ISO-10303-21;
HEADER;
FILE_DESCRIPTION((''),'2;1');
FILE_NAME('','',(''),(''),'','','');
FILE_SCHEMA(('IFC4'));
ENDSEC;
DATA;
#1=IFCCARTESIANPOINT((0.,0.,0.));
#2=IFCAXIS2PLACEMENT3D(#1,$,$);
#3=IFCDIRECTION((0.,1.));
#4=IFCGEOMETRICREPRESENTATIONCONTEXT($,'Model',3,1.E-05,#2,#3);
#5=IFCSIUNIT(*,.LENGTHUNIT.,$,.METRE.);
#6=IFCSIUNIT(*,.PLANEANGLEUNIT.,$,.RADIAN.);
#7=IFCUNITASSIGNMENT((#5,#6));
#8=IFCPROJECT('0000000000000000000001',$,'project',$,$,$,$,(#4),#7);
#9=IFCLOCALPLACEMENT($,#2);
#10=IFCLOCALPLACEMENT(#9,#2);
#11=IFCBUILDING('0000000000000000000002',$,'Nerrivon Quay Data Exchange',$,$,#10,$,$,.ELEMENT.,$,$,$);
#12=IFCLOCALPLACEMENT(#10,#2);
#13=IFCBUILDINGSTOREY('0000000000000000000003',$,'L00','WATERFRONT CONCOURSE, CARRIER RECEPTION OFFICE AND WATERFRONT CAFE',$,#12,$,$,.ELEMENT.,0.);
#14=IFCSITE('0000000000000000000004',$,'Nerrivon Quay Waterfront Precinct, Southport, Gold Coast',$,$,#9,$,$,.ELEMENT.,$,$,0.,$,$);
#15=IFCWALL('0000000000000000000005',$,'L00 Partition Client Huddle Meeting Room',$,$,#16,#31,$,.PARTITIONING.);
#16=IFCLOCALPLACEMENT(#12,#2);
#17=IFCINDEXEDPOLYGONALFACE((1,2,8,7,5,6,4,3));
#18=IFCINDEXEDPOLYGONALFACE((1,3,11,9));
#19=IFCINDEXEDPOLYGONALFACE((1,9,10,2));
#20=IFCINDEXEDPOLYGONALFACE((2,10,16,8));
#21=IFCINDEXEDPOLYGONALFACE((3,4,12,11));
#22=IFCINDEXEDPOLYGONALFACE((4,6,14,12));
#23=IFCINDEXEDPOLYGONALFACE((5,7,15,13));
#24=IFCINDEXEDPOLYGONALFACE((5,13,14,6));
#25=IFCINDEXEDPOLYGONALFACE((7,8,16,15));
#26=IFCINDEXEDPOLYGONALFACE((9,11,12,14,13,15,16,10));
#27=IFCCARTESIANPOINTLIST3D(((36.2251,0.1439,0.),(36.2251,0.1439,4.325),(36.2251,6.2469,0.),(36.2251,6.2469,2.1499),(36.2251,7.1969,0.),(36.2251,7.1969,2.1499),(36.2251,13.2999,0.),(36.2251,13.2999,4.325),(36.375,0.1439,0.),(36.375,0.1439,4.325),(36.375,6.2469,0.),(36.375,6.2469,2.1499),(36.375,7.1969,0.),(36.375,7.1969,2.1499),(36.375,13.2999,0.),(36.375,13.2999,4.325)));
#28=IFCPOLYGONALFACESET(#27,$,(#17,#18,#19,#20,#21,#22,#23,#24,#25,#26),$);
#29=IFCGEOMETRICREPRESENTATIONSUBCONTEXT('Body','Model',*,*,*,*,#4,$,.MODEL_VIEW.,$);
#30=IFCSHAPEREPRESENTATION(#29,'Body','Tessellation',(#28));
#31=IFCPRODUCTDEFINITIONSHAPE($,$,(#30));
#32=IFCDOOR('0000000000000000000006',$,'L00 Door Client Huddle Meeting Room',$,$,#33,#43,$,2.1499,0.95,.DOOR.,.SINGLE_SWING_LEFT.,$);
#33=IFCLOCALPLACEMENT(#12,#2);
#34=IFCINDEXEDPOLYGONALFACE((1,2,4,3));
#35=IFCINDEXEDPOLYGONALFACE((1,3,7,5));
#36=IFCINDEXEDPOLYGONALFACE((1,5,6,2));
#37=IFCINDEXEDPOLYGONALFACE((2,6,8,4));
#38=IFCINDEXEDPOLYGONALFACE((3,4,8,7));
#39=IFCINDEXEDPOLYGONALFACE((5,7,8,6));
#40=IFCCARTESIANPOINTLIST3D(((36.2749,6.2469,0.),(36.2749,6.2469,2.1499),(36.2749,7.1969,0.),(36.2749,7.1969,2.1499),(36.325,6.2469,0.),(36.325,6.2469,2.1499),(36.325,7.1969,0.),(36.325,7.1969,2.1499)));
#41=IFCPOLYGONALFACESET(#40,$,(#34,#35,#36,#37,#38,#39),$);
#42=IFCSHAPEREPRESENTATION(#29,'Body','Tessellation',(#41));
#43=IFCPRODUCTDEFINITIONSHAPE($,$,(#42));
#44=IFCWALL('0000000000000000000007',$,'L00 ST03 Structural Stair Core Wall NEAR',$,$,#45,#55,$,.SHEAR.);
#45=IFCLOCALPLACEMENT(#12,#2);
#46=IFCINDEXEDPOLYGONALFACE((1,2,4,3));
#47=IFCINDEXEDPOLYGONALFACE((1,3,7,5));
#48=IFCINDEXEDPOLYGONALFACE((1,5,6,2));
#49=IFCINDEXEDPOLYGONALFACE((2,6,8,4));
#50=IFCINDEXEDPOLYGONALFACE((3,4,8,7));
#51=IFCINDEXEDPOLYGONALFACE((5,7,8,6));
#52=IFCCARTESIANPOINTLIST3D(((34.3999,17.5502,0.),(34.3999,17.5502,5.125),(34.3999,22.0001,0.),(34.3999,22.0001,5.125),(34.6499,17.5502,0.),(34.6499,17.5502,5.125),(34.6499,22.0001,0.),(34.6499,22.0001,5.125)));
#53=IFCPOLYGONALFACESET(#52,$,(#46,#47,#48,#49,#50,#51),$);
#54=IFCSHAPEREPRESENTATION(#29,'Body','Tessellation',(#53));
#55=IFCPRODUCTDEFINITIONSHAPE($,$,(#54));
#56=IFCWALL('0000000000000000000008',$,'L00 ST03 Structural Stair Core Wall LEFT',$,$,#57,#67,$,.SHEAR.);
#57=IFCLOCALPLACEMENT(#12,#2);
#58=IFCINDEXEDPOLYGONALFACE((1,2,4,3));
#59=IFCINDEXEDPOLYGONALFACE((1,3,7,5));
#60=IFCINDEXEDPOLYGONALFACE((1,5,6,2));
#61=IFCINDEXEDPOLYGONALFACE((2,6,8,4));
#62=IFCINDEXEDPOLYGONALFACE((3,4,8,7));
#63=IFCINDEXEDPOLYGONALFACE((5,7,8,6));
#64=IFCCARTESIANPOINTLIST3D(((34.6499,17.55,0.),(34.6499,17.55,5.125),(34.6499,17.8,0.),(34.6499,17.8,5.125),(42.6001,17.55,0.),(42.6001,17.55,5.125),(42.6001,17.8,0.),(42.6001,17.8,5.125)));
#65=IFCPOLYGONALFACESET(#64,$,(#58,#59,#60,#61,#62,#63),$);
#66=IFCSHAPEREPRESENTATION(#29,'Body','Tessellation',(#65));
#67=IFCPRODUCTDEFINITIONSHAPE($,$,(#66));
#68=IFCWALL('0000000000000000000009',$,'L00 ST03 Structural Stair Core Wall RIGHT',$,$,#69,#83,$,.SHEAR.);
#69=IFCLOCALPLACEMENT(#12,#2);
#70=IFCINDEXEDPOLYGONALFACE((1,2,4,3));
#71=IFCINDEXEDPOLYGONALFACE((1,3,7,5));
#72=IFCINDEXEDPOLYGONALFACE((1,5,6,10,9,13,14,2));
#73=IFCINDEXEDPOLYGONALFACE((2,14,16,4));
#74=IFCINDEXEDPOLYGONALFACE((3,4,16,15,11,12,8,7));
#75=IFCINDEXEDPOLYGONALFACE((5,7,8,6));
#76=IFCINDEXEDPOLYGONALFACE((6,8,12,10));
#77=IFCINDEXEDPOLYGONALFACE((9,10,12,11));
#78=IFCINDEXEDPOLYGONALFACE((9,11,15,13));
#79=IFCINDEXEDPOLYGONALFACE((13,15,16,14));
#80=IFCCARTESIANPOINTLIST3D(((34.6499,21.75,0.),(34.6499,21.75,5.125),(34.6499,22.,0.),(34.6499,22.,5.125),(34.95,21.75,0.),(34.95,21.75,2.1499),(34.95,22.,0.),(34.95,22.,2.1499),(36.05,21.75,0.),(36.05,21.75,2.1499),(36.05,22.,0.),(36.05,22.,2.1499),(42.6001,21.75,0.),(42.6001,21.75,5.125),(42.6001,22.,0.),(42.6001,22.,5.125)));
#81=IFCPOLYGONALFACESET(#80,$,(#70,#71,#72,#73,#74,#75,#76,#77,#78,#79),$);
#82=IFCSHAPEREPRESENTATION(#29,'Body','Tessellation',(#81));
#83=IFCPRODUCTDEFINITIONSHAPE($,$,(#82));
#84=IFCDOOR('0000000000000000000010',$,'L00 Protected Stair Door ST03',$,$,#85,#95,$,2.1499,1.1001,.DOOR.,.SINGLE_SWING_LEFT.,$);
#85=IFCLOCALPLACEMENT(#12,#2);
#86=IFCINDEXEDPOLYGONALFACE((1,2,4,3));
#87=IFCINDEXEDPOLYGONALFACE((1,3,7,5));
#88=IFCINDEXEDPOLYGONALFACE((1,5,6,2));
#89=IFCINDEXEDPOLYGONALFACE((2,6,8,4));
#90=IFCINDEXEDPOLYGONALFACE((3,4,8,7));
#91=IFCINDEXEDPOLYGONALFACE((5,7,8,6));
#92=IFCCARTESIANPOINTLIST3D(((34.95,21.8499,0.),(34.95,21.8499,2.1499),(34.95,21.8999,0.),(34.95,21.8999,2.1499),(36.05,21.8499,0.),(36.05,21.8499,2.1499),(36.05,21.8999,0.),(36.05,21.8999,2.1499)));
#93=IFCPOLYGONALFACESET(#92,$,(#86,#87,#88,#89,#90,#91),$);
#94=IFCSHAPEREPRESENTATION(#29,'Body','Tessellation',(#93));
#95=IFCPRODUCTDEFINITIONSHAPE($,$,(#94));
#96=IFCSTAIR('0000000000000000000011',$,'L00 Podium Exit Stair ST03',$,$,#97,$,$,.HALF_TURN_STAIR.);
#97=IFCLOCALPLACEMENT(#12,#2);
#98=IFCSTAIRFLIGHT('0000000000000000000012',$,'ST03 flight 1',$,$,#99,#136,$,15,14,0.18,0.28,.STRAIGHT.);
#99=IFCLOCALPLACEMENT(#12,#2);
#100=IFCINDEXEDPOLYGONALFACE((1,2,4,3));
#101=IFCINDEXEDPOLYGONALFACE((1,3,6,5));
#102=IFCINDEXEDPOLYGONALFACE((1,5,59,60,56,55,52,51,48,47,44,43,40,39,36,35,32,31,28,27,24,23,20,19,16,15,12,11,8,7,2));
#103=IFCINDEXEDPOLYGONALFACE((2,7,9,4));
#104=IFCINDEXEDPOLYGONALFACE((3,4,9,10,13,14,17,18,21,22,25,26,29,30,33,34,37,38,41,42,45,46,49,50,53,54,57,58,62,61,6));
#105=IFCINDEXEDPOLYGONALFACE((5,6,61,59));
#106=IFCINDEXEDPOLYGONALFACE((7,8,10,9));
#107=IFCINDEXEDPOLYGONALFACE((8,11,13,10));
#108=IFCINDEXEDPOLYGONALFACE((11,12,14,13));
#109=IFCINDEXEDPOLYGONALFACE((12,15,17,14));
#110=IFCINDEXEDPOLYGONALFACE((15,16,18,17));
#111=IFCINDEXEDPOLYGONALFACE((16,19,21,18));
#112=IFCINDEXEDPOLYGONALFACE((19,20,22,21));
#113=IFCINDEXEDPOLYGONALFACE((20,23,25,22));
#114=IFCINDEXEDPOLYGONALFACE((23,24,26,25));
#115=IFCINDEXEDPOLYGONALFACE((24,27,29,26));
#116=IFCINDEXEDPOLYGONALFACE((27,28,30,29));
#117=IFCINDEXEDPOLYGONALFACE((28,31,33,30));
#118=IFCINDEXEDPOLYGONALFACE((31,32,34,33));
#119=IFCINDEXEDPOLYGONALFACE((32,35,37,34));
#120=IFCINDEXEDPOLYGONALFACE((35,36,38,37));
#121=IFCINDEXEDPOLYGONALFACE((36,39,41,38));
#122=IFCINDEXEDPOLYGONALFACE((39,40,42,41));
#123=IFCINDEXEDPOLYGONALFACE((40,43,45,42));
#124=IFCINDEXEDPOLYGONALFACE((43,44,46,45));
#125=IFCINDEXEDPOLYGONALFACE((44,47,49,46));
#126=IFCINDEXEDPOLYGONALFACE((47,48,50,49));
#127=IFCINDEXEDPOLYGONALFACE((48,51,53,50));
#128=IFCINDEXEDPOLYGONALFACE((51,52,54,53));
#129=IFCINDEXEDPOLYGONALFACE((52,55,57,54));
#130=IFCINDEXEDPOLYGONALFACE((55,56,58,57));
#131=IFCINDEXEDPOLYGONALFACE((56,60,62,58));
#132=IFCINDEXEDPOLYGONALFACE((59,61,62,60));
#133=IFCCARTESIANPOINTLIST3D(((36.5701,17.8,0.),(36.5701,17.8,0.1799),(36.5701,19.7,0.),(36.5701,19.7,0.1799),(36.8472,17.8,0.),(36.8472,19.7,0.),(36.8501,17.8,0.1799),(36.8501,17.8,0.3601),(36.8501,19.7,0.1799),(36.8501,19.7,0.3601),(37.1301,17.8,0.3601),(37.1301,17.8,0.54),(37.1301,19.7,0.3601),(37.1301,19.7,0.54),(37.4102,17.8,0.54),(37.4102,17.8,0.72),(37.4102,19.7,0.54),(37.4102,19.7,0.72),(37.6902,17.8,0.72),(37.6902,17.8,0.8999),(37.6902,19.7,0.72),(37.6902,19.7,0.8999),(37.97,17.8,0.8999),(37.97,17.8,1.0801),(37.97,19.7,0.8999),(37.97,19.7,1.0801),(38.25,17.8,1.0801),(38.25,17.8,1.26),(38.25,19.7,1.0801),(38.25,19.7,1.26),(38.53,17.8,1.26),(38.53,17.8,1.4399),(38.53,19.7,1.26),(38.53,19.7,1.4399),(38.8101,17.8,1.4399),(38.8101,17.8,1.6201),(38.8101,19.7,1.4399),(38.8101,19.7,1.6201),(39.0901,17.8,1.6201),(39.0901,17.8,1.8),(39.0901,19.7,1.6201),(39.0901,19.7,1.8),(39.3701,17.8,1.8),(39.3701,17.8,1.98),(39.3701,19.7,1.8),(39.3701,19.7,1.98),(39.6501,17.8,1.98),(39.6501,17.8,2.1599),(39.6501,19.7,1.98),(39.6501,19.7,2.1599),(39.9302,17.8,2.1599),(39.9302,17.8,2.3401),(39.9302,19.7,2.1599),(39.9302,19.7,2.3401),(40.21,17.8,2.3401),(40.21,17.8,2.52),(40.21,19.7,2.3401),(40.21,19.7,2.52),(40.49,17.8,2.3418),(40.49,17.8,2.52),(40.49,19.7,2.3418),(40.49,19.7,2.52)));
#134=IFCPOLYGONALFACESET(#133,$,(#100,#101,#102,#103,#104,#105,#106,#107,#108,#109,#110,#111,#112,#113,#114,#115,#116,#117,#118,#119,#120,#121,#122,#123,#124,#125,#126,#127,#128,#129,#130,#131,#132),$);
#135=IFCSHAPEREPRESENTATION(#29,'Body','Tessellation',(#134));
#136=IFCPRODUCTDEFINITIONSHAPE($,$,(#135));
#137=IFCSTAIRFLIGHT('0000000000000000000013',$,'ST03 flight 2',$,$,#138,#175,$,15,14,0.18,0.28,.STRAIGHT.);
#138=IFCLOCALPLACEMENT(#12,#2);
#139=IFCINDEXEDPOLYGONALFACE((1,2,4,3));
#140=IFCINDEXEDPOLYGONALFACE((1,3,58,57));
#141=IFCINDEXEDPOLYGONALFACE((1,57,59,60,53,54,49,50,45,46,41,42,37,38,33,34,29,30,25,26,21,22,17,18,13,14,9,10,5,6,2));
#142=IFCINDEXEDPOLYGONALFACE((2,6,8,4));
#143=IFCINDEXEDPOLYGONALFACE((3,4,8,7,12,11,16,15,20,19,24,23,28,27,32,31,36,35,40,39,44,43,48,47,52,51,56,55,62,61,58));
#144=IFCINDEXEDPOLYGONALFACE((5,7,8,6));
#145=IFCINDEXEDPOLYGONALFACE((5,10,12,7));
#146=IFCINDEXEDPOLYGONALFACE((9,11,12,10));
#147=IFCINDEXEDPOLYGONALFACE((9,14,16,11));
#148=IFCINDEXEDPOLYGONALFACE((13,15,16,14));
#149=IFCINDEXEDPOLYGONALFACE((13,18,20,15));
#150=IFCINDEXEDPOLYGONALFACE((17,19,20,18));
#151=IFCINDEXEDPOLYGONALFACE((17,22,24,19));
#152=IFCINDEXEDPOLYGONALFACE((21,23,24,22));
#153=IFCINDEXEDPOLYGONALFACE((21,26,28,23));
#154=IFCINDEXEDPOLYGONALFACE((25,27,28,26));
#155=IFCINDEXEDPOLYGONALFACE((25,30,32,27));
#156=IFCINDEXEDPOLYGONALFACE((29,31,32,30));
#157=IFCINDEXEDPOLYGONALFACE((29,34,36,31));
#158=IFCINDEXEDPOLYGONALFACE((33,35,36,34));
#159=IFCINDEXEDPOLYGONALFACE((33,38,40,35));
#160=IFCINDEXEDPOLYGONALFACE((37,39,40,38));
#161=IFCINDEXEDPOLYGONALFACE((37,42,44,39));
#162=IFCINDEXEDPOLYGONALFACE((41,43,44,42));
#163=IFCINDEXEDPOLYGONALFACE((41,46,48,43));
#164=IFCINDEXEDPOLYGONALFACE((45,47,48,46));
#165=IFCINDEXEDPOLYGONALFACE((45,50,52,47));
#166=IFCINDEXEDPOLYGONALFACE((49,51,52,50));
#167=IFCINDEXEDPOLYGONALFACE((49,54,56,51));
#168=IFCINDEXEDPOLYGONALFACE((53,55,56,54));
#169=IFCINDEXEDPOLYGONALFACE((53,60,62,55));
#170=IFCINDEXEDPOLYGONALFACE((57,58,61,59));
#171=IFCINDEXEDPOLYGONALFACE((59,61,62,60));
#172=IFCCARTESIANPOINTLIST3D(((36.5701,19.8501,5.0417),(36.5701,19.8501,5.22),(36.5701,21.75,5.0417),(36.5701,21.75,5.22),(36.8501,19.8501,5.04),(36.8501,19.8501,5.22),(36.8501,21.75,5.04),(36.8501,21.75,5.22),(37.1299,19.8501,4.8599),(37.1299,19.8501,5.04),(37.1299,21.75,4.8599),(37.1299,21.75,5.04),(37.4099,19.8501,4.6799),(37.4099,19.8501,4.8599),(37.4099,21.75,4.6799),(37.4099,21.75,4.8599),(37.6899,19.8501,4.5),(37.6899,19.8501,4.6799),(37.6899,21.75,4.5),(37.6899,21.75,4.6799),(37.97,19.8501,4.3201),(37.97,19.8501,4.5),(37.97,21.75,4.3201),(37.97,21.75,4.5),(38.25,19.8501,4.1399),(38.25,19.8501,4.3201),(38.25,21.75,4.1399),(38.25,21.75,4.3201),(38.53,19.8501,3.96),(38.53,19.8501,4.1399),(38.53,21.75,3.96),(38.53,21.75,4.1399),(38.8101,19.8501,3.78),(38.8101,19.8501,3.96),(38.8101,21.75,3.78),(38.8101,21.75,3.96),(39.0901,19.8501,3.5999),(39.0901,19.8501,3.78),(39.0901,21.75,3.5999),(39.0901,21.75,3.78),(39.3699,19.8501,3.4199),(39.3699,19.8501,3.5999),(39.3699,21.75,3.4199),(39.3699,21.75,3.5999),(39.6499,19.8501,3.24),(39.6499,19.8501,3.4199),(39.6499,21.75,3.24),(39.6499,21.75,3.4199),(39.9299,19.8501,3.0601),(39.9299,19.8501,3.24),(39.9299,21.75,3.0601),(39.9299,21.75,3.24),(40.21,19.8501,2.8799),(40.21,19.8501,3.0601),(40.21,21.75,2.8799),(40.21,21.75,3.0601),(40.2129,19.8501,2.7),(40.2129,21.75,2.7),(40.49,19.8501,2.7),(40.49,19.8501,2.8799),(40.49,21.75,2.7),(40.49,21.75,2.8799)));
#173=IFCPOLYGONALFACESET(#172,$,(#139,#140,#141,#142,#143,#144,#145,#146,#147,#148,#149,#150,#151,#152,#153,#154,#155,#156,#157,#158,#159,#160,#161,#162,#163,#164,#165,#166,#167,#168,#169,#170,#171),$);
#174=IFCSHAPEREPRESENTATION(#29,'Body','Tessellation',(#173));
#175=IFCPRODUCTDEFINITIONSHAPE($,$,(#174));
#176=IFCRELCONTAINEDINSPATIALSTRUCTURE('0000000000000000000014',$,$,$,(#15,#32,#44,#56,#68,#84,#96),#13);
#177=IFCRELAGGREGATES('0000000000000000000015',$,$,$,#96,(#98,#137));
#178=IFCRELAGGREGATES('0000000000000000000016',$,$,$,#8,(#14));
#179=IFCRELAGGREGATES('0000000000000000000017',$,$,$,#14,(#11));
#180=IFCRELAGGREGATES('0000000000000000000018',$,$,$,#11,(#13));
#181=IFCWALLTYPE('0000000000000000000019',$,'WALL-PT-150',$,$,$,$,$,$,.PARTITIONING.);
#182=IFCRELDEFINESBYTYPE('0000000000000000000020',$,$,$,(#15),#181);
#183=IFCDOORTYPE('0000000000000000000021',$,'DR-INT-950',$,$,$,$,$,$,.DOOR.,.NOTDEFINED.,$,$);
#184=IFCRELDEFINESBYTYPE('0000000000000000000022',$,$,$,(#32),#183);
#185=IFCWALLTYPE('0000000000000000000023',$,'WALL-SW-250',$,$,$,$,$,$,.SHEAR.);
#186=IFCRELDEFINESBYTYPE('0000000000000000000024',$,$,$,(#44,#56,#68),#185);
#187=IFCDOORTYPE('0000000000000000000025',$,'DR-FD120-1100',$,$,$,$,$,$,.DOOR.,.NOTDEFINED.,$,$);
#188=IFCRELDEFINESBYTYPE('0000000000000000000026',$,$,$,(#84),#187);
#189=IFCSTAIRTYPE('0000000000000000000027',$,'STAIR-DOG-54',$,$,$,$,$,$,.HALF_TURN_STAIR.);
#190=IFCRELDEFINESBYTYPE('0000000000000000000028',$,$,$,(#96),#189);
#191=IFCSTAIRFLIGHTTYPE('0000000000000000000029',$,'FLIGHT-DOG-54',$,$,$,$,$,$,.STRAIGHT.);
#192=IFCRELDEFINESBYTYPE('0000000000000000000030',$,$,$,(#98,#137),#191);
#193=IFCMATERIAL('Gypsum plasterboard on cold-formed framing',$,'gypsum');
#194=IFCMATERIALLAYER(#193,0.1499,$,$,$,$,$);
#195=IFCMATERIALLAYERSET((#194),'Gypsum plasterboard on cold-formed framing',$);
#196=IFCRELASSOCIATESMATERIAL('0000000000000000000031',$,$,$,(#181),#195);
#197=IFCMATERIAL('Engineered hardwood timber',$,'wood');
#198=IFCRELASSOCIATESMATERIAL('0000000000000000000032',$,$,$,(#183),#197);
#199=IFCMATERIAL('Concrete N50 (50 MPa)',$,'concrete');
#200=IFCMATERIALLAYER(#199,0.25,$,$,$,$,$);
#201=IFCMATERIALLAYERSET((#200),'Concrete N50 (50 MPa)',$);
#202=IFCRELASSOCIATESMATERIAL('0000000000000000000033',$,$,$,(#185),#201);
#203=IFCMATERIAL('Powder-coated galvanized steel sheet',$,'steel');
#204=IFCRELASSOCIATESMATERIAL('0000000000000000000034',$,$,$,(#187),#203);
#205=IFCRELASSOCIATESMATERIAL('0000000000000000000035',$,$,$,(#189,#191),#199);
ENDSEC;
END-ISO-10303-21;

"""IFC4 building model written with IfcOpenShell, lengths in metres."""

from ifc_helpers import new_model, si_unit, direction, frame, frame_2d, origin, place, context, subcontext, project, spatial, polyline, rectangle, outline, extrude, material, layer, layer_set, type_object, element, fill, aggregate, save


model = new_model("IFC4")

# Units and contexts
model_context = context("Model", 3, precision=1e-05, world=origin(), true_north=direction((0.0, 1.0)))
body_context = subcontext(model_context, "Body", "Model", "MODEL_VIEW")
ifc_project = project(units=[si_unit("LENGTHUNIT", "METRE"), si_unit("PLANEANGLEUNIT", "RADIAN")], contexts=[model_context])

# Site, building, storey
site_placement = place(None, origin())
site = spatial("IfcSite", under=ifc_project, at=site_placement, Name="Nerrivon Quay Waterfront Precinct, Southport, Gold Coast", CompositionType="ELEMENT", RefElevation=0.0)
building_placement = place(site_placement, origin())
building = spatial("IfcBuilding", under=site, at=building_placement, Name="Nerrivon Quay Data Exchange", CompositionType="ELEMENT")
storey_placement = place(building_placement, origin())
storey = spatial("IfcBuildingStorey", under=building, at=storey_placement, Name="L00", Description="WATERFRONT CONCOURSE, CARRIER RECEPTION OFFICE AND WATERFRONT CAFE", CompositionType="ELEMENT", Elevation=0.0)

# Shared definitions
ifc_material_1 = material(Name="Gypsum plasterboard on cold-formed framing", Category="gypsum")

# Shared definitions
ifc_material_2 = material(Name="Powder-coated galvanized steel sheet", Category="steel")

# Wall, opening, door
ifc_material_3 = material(Name="Engineered hardwood timber", Category="wood")
ifc_layer_1 = layer(ifc_material_1, 0.1499)
ifc_layer_set_1 = layer_set([ifc_layer_1], Name="Gypsum plasterboard on cold-formed framing")
wall_type_1 = type_object("IfcWallType", Name="WALL-PT-150", PredefinedType="PARTITIONING", material=ifc_layer_set_1)
wall_1_placement = place(storey_placement, frame((36.3, 13.3, 0.0), z_axis=(0.0, 0.0, 1.0), x_axis=(0.0, -1.0, 0.0)))
wall_1 = element("IfcWall", 1, at=wall_1_placement, inside=storey, type_object=wall_type_1, Name="L00 Partition Client Huddle Meeting Room", PredefinedType="PARTITIONING", context=body_context, shape_type="SweptSolid", body=[
    extrude(rectangle(XDim=13.156, YDim=0.1499, at=frame_2d((6.5781, 0.0))), origin(), (0.0, 0.0, 1.0), 4.325),
])
opening_1_placement = place(wall_1_placement, frame((6.103, 0.0, 0.0)))
opening_1 = element("IfcOpeningElement", 2, at=opening_1_placement, cuts=wall_1, PredefinedType="OPENING", context=body_context, shape_type="SweptSolid", body=[
    extrude(rectangle(XDim=0.95, YDim=2.1499, at=frame_2d((0.4751, 1.075))), frame((0.0, 0.085, 0.0), z_axis=(0.0, -1.0, 0.0), x_axis=(1.0, 0.0, 0.0)), (0.0, 0.0, 1.0), 0.1699),
])
door_type_1 = type_object("IfcDoorType", Name="DR-INT-950", OperationType="NOTDEFINED", PredefinedType="DOOR", material=ifc_material_3)
door_1_placement = place(opening_1_placement, origin())
door_1 = element("IfcDoor", 3, at=door_1_placement, inside=storey, type_object=door_type_1, Name="L00 Door Client Huddle Meeting Room", OperationType="SINGLE_SWING_LEFT", OverallHeight=2.1499, OverallWidth=0.95, PredefinedType="DOOR", context=body_context, shape_type="SweptSolid", body=[
    extrude(rectangle(XDim=0.95, YDim=2.1499, at=frame_2d((0.4751, 1.075))), frame((0.0, 0.0249, 0.0), z_axis=(0.0, -1.0, 0.0), x_axis=(1.0, 0.0, 0.0)), (0.0, 0.0, 1.0), 0.05),
])
fill(opening_1, door_1)

# Walls
ifc_material_4 = material(Name="Concrete N50 (50 MPa)", Category="concrete")
ifc_layer_2 = layer(ifc_material_4, 0.25)
ifc_layer_set_2 = layer_set([ifc_layer_2], Name="Concrete N50 (50 MPa)")
wall_type_2 = type_object("IfcWallType", Name="WALL-SW-250", PredefinedType="SHEAR", material=ifc_layer_set_2)
wall_2_placement = place(storey_placement, frame((34.5249, 17.55, 0.0), z_axis=(0.0, 0.0, 1.0), x_axis=(0.0, 1.0, 0.0)))
element("IfcWall", 4, at=wall_2_placement, inside=storey, type_object=wall_type_2, Name="L00 ST03 Structural Stair Core Wall NEAR", PredefinedType="SHEAR", context=body_context, shape_type="SweptSolid", body=[
    extrude(rectangle(XDim=4.45, YDim=0.25, at=frame_2d((2.2251, 0.0))), origin(), (0.0, 0.0, 1.0), 5.125),
])
wall_3_placement = place(storey_placement, frame((34.6499, 17.675, 0.0), z_axis=(0.0, 0.0, 1.0), x_axis=(1.0, 0.0, 0.0)))
element("IfcWall", 5, at=wall_3_placement, inside=storey, type_object=wall_type_2, Name="L00 ST03 Structural Stair Core Wall LEFT", PredefinedType="SHEAR", context=body_context, shape_type="SweptSolid", body=[
    extrude(rectangle(XDim=7.9502, YDim=0.25, at=frame_2d((3.9751, 0.0))), origin(), (0.0, 0.0, 1.0), 5.125),
])

# Wall, opening, door
wall_4_placement = place(storey_placement, frame((34.6499, 21.875, 0.0), z_axis=(0.0, 0.0, 1.0), x_axis=(1.0, 0.0, 0.0)))
wall_4 = element("IfcWall", 6, at=wall_4_placement, inside=storey, type_object=wall_type_2, Name="L00 ST03 Structural Stair Core Wall RIGHT", PredefinedType="SHEAR", context=body_context, shape_type="SweptSolid", body=[
    extrude(rectangle(XDim=7.9502, YDim=0.25, at=frame_2d((3.9751, 0.0))), origin(), (0.0, 0.0, 1.0), 5.125),
])
opening_2_placement = place(wall_4_placement, frame((0.3, 0.0, 0.0)))
opening_2 = element("IfcOpeningElement", 7, at=opening_2_placement, cuts=wall_4, PredefinedType="OPENING", context=body_context, shape_type="SweptSolid", body=[
    extrude(rectangle(XDim=1.1001, YDim=2.1499, at=frame_2d((0.55, 1.075))), frame((0.0, 0.135, 0.0), z_axis=(0.0, -1.0, 0.0), x_axis=(1.0, 0.0, 0.0)), (0.0, 0.0, 1.0), 0.27),
])
door_type_2 = type_object("IfcDoorType", Name="DR-FD120-1100", OperationType="NOTDEFINED", PredefinedType="DOOR", material=ifc_material_2)
door_2_placement = place(opening_2_placement, origin())
door_2 = element("IfcDoor", 8, at=door_2_placement, inside=storey, type_object=door_type_2, Name="L00 Protected Stair Door ST03", OperationType="SINGLE_SWING_LEFT", OverallHeight=2.1499, OverallWidth=1.1001, PredefinedType="DOOR", context=body_context, shape_type="SweptSolid", body=[
    extrude(rectangle(XDim=1.1001, YDim=2.1499, at=frame_2d((0.55, 1.075))), frame((0.0, 0.0249, 0.0), z_axis=(0.0, -1.0, 0.0), x_axis=(1.0, 0.0, 0.0)), (0.0, 0.0, 1.0), 0.05),
])
fill(opening_2, door_2)

# Stair, stair flights
stair_type = type_object("IfcStairType", Name="STAIR-DOG-54", PredefinedType="HALF_TURN_STAIR", material=ifc_material_4)
stair_placement = place(storey_placement, origin())
stair = element("IfcStair", 9, at=stair_placement, inside=storey, type_object=stair_type, Name="L00 Podium Exit Stair ST03", PredefinedType="HALF_TURN_STAIR")
stair_flight_type = type_object("IfcStairFlightType", Name="FLIGHT-DOG-54", PredefinedType="STRAIGHT", material=ifc_material_4)
stair_flight_1_placement = place(storey_placement, frame((36.5701, 18.75, 0.0), z_axis=(0.0, 0.0, 1.0), x_axis=(1.0, 0.0, 0.0)))
stair_flight_1 = element("IfcStairFlight", 10, at=stair_flight_1_placement, type_object=stair_flight_type, Name="ST03 flight 1", NumberOfRisers=15, NumberOfTreads=14, PredefinedType="STRAIGHT", RiserHeight=0.18, TreadLength=0.28, context=body_context, shape_type="SweptSolid", body=[
    extrude(outline(polyline([(0.0, 0.0), (0.0, 0.1799), (0.28, 0.1799), (0.28, 0.3601), (0.5601, 0.3601), (0.5601, 0.54), (0.8401, 0.54), (0.8401, 0.72), (1.1201, 0.72), (1.1201, 0.8999), (1.3999, 0.8999), (1.3999, 1.0801), (1.6799, 1.0801), (1.6799, 1.26), (1.96, 1.26), (1.96, 1.4399), (2.24, 1.4399), (2.24, 1.6201), (2.52, 1.6201), (2.52, 1.8), (2.8, 1.8), (2.8, 1.98), (3.0801, 1.98), (3.0801, 2.1599), (3.3601, 2.1599), (3.3601, 2.3401), (3.6399, 2.3401), (3.6399, 2.52), (3.9199, 2.52), (3.9199, 2.7), (3.9199, 2.3418), (0.2771, 0.0), (0.0, 0.0)])), frame((0.0, 0.95, 0.0), z_axis=(0.0, -1.0, 0.0), x_axis=(1.0, 0.0, 0.0)), (0.0, 0.0, 1.0), 1.8999),
])
stair_flight_2_placement = place(storey_placement, frame((40.49, 20.8, 2.7), z_axis=(0.0, 0.0, 1.0), x_axis=(-1.0, 0.0, 0.0)))
stair_flight_2 = element("IfcStairFlight", 11, at=stair_flight_2_placement, type_object=stair_flight_type, Name="ST03 flight 2", NumberOfRisers=15, NumberOfTreads=14, PredefinedType="STRAIGHT", RiserHeight=0.18, TreadLength=0.28, context=body_context, shape_type="SweptSolid", body=[
    extrude(outline(polyline([(0.0, 0.0), (0.0, 0.1799), (0.28, 0.1799), (0.28, 0.3601), (0.5601, 0.3601), (0.5601, 0.54), (0.8401, 0.54), (0.8401, 0.72), (1.1201, 0.72), (1.1201, 0.8999), (1.3999, 0.8999), (1.3999, 1.0801), (1.6799, 1.0801), (1.6799, 1.26), (1.96, 1.26), (1.96, 1.4399), (2.24, 1.4399), (2.24, 1.6201), (2.52, 1.6201), (2.52, 1.8), (2.8, 1.8), (2.8, 1.98), (3.0801, 1.98), (3.0801, 2.1599), (3.3601, 2.1599), (3.3601, 2.3401), (3.6399, 2.3401), (3.6399, 2.52), (3.9199, 2.52), (3.9199, 2.7), (3.9199, 2.3418), (0.2771, 0.0), (0.0, 0.0)])), frame((0.0, 0.95, 0.0), z_axis=(0.0, -1.0, 0.0), x_axis=(1.0, 0.0, 0.0)), (0.0, 0.0, 1.0), 1.8999),
])
aggregate(stair, [stair_flight_1, stair_flight_2])

save(model, "model.ifc")
